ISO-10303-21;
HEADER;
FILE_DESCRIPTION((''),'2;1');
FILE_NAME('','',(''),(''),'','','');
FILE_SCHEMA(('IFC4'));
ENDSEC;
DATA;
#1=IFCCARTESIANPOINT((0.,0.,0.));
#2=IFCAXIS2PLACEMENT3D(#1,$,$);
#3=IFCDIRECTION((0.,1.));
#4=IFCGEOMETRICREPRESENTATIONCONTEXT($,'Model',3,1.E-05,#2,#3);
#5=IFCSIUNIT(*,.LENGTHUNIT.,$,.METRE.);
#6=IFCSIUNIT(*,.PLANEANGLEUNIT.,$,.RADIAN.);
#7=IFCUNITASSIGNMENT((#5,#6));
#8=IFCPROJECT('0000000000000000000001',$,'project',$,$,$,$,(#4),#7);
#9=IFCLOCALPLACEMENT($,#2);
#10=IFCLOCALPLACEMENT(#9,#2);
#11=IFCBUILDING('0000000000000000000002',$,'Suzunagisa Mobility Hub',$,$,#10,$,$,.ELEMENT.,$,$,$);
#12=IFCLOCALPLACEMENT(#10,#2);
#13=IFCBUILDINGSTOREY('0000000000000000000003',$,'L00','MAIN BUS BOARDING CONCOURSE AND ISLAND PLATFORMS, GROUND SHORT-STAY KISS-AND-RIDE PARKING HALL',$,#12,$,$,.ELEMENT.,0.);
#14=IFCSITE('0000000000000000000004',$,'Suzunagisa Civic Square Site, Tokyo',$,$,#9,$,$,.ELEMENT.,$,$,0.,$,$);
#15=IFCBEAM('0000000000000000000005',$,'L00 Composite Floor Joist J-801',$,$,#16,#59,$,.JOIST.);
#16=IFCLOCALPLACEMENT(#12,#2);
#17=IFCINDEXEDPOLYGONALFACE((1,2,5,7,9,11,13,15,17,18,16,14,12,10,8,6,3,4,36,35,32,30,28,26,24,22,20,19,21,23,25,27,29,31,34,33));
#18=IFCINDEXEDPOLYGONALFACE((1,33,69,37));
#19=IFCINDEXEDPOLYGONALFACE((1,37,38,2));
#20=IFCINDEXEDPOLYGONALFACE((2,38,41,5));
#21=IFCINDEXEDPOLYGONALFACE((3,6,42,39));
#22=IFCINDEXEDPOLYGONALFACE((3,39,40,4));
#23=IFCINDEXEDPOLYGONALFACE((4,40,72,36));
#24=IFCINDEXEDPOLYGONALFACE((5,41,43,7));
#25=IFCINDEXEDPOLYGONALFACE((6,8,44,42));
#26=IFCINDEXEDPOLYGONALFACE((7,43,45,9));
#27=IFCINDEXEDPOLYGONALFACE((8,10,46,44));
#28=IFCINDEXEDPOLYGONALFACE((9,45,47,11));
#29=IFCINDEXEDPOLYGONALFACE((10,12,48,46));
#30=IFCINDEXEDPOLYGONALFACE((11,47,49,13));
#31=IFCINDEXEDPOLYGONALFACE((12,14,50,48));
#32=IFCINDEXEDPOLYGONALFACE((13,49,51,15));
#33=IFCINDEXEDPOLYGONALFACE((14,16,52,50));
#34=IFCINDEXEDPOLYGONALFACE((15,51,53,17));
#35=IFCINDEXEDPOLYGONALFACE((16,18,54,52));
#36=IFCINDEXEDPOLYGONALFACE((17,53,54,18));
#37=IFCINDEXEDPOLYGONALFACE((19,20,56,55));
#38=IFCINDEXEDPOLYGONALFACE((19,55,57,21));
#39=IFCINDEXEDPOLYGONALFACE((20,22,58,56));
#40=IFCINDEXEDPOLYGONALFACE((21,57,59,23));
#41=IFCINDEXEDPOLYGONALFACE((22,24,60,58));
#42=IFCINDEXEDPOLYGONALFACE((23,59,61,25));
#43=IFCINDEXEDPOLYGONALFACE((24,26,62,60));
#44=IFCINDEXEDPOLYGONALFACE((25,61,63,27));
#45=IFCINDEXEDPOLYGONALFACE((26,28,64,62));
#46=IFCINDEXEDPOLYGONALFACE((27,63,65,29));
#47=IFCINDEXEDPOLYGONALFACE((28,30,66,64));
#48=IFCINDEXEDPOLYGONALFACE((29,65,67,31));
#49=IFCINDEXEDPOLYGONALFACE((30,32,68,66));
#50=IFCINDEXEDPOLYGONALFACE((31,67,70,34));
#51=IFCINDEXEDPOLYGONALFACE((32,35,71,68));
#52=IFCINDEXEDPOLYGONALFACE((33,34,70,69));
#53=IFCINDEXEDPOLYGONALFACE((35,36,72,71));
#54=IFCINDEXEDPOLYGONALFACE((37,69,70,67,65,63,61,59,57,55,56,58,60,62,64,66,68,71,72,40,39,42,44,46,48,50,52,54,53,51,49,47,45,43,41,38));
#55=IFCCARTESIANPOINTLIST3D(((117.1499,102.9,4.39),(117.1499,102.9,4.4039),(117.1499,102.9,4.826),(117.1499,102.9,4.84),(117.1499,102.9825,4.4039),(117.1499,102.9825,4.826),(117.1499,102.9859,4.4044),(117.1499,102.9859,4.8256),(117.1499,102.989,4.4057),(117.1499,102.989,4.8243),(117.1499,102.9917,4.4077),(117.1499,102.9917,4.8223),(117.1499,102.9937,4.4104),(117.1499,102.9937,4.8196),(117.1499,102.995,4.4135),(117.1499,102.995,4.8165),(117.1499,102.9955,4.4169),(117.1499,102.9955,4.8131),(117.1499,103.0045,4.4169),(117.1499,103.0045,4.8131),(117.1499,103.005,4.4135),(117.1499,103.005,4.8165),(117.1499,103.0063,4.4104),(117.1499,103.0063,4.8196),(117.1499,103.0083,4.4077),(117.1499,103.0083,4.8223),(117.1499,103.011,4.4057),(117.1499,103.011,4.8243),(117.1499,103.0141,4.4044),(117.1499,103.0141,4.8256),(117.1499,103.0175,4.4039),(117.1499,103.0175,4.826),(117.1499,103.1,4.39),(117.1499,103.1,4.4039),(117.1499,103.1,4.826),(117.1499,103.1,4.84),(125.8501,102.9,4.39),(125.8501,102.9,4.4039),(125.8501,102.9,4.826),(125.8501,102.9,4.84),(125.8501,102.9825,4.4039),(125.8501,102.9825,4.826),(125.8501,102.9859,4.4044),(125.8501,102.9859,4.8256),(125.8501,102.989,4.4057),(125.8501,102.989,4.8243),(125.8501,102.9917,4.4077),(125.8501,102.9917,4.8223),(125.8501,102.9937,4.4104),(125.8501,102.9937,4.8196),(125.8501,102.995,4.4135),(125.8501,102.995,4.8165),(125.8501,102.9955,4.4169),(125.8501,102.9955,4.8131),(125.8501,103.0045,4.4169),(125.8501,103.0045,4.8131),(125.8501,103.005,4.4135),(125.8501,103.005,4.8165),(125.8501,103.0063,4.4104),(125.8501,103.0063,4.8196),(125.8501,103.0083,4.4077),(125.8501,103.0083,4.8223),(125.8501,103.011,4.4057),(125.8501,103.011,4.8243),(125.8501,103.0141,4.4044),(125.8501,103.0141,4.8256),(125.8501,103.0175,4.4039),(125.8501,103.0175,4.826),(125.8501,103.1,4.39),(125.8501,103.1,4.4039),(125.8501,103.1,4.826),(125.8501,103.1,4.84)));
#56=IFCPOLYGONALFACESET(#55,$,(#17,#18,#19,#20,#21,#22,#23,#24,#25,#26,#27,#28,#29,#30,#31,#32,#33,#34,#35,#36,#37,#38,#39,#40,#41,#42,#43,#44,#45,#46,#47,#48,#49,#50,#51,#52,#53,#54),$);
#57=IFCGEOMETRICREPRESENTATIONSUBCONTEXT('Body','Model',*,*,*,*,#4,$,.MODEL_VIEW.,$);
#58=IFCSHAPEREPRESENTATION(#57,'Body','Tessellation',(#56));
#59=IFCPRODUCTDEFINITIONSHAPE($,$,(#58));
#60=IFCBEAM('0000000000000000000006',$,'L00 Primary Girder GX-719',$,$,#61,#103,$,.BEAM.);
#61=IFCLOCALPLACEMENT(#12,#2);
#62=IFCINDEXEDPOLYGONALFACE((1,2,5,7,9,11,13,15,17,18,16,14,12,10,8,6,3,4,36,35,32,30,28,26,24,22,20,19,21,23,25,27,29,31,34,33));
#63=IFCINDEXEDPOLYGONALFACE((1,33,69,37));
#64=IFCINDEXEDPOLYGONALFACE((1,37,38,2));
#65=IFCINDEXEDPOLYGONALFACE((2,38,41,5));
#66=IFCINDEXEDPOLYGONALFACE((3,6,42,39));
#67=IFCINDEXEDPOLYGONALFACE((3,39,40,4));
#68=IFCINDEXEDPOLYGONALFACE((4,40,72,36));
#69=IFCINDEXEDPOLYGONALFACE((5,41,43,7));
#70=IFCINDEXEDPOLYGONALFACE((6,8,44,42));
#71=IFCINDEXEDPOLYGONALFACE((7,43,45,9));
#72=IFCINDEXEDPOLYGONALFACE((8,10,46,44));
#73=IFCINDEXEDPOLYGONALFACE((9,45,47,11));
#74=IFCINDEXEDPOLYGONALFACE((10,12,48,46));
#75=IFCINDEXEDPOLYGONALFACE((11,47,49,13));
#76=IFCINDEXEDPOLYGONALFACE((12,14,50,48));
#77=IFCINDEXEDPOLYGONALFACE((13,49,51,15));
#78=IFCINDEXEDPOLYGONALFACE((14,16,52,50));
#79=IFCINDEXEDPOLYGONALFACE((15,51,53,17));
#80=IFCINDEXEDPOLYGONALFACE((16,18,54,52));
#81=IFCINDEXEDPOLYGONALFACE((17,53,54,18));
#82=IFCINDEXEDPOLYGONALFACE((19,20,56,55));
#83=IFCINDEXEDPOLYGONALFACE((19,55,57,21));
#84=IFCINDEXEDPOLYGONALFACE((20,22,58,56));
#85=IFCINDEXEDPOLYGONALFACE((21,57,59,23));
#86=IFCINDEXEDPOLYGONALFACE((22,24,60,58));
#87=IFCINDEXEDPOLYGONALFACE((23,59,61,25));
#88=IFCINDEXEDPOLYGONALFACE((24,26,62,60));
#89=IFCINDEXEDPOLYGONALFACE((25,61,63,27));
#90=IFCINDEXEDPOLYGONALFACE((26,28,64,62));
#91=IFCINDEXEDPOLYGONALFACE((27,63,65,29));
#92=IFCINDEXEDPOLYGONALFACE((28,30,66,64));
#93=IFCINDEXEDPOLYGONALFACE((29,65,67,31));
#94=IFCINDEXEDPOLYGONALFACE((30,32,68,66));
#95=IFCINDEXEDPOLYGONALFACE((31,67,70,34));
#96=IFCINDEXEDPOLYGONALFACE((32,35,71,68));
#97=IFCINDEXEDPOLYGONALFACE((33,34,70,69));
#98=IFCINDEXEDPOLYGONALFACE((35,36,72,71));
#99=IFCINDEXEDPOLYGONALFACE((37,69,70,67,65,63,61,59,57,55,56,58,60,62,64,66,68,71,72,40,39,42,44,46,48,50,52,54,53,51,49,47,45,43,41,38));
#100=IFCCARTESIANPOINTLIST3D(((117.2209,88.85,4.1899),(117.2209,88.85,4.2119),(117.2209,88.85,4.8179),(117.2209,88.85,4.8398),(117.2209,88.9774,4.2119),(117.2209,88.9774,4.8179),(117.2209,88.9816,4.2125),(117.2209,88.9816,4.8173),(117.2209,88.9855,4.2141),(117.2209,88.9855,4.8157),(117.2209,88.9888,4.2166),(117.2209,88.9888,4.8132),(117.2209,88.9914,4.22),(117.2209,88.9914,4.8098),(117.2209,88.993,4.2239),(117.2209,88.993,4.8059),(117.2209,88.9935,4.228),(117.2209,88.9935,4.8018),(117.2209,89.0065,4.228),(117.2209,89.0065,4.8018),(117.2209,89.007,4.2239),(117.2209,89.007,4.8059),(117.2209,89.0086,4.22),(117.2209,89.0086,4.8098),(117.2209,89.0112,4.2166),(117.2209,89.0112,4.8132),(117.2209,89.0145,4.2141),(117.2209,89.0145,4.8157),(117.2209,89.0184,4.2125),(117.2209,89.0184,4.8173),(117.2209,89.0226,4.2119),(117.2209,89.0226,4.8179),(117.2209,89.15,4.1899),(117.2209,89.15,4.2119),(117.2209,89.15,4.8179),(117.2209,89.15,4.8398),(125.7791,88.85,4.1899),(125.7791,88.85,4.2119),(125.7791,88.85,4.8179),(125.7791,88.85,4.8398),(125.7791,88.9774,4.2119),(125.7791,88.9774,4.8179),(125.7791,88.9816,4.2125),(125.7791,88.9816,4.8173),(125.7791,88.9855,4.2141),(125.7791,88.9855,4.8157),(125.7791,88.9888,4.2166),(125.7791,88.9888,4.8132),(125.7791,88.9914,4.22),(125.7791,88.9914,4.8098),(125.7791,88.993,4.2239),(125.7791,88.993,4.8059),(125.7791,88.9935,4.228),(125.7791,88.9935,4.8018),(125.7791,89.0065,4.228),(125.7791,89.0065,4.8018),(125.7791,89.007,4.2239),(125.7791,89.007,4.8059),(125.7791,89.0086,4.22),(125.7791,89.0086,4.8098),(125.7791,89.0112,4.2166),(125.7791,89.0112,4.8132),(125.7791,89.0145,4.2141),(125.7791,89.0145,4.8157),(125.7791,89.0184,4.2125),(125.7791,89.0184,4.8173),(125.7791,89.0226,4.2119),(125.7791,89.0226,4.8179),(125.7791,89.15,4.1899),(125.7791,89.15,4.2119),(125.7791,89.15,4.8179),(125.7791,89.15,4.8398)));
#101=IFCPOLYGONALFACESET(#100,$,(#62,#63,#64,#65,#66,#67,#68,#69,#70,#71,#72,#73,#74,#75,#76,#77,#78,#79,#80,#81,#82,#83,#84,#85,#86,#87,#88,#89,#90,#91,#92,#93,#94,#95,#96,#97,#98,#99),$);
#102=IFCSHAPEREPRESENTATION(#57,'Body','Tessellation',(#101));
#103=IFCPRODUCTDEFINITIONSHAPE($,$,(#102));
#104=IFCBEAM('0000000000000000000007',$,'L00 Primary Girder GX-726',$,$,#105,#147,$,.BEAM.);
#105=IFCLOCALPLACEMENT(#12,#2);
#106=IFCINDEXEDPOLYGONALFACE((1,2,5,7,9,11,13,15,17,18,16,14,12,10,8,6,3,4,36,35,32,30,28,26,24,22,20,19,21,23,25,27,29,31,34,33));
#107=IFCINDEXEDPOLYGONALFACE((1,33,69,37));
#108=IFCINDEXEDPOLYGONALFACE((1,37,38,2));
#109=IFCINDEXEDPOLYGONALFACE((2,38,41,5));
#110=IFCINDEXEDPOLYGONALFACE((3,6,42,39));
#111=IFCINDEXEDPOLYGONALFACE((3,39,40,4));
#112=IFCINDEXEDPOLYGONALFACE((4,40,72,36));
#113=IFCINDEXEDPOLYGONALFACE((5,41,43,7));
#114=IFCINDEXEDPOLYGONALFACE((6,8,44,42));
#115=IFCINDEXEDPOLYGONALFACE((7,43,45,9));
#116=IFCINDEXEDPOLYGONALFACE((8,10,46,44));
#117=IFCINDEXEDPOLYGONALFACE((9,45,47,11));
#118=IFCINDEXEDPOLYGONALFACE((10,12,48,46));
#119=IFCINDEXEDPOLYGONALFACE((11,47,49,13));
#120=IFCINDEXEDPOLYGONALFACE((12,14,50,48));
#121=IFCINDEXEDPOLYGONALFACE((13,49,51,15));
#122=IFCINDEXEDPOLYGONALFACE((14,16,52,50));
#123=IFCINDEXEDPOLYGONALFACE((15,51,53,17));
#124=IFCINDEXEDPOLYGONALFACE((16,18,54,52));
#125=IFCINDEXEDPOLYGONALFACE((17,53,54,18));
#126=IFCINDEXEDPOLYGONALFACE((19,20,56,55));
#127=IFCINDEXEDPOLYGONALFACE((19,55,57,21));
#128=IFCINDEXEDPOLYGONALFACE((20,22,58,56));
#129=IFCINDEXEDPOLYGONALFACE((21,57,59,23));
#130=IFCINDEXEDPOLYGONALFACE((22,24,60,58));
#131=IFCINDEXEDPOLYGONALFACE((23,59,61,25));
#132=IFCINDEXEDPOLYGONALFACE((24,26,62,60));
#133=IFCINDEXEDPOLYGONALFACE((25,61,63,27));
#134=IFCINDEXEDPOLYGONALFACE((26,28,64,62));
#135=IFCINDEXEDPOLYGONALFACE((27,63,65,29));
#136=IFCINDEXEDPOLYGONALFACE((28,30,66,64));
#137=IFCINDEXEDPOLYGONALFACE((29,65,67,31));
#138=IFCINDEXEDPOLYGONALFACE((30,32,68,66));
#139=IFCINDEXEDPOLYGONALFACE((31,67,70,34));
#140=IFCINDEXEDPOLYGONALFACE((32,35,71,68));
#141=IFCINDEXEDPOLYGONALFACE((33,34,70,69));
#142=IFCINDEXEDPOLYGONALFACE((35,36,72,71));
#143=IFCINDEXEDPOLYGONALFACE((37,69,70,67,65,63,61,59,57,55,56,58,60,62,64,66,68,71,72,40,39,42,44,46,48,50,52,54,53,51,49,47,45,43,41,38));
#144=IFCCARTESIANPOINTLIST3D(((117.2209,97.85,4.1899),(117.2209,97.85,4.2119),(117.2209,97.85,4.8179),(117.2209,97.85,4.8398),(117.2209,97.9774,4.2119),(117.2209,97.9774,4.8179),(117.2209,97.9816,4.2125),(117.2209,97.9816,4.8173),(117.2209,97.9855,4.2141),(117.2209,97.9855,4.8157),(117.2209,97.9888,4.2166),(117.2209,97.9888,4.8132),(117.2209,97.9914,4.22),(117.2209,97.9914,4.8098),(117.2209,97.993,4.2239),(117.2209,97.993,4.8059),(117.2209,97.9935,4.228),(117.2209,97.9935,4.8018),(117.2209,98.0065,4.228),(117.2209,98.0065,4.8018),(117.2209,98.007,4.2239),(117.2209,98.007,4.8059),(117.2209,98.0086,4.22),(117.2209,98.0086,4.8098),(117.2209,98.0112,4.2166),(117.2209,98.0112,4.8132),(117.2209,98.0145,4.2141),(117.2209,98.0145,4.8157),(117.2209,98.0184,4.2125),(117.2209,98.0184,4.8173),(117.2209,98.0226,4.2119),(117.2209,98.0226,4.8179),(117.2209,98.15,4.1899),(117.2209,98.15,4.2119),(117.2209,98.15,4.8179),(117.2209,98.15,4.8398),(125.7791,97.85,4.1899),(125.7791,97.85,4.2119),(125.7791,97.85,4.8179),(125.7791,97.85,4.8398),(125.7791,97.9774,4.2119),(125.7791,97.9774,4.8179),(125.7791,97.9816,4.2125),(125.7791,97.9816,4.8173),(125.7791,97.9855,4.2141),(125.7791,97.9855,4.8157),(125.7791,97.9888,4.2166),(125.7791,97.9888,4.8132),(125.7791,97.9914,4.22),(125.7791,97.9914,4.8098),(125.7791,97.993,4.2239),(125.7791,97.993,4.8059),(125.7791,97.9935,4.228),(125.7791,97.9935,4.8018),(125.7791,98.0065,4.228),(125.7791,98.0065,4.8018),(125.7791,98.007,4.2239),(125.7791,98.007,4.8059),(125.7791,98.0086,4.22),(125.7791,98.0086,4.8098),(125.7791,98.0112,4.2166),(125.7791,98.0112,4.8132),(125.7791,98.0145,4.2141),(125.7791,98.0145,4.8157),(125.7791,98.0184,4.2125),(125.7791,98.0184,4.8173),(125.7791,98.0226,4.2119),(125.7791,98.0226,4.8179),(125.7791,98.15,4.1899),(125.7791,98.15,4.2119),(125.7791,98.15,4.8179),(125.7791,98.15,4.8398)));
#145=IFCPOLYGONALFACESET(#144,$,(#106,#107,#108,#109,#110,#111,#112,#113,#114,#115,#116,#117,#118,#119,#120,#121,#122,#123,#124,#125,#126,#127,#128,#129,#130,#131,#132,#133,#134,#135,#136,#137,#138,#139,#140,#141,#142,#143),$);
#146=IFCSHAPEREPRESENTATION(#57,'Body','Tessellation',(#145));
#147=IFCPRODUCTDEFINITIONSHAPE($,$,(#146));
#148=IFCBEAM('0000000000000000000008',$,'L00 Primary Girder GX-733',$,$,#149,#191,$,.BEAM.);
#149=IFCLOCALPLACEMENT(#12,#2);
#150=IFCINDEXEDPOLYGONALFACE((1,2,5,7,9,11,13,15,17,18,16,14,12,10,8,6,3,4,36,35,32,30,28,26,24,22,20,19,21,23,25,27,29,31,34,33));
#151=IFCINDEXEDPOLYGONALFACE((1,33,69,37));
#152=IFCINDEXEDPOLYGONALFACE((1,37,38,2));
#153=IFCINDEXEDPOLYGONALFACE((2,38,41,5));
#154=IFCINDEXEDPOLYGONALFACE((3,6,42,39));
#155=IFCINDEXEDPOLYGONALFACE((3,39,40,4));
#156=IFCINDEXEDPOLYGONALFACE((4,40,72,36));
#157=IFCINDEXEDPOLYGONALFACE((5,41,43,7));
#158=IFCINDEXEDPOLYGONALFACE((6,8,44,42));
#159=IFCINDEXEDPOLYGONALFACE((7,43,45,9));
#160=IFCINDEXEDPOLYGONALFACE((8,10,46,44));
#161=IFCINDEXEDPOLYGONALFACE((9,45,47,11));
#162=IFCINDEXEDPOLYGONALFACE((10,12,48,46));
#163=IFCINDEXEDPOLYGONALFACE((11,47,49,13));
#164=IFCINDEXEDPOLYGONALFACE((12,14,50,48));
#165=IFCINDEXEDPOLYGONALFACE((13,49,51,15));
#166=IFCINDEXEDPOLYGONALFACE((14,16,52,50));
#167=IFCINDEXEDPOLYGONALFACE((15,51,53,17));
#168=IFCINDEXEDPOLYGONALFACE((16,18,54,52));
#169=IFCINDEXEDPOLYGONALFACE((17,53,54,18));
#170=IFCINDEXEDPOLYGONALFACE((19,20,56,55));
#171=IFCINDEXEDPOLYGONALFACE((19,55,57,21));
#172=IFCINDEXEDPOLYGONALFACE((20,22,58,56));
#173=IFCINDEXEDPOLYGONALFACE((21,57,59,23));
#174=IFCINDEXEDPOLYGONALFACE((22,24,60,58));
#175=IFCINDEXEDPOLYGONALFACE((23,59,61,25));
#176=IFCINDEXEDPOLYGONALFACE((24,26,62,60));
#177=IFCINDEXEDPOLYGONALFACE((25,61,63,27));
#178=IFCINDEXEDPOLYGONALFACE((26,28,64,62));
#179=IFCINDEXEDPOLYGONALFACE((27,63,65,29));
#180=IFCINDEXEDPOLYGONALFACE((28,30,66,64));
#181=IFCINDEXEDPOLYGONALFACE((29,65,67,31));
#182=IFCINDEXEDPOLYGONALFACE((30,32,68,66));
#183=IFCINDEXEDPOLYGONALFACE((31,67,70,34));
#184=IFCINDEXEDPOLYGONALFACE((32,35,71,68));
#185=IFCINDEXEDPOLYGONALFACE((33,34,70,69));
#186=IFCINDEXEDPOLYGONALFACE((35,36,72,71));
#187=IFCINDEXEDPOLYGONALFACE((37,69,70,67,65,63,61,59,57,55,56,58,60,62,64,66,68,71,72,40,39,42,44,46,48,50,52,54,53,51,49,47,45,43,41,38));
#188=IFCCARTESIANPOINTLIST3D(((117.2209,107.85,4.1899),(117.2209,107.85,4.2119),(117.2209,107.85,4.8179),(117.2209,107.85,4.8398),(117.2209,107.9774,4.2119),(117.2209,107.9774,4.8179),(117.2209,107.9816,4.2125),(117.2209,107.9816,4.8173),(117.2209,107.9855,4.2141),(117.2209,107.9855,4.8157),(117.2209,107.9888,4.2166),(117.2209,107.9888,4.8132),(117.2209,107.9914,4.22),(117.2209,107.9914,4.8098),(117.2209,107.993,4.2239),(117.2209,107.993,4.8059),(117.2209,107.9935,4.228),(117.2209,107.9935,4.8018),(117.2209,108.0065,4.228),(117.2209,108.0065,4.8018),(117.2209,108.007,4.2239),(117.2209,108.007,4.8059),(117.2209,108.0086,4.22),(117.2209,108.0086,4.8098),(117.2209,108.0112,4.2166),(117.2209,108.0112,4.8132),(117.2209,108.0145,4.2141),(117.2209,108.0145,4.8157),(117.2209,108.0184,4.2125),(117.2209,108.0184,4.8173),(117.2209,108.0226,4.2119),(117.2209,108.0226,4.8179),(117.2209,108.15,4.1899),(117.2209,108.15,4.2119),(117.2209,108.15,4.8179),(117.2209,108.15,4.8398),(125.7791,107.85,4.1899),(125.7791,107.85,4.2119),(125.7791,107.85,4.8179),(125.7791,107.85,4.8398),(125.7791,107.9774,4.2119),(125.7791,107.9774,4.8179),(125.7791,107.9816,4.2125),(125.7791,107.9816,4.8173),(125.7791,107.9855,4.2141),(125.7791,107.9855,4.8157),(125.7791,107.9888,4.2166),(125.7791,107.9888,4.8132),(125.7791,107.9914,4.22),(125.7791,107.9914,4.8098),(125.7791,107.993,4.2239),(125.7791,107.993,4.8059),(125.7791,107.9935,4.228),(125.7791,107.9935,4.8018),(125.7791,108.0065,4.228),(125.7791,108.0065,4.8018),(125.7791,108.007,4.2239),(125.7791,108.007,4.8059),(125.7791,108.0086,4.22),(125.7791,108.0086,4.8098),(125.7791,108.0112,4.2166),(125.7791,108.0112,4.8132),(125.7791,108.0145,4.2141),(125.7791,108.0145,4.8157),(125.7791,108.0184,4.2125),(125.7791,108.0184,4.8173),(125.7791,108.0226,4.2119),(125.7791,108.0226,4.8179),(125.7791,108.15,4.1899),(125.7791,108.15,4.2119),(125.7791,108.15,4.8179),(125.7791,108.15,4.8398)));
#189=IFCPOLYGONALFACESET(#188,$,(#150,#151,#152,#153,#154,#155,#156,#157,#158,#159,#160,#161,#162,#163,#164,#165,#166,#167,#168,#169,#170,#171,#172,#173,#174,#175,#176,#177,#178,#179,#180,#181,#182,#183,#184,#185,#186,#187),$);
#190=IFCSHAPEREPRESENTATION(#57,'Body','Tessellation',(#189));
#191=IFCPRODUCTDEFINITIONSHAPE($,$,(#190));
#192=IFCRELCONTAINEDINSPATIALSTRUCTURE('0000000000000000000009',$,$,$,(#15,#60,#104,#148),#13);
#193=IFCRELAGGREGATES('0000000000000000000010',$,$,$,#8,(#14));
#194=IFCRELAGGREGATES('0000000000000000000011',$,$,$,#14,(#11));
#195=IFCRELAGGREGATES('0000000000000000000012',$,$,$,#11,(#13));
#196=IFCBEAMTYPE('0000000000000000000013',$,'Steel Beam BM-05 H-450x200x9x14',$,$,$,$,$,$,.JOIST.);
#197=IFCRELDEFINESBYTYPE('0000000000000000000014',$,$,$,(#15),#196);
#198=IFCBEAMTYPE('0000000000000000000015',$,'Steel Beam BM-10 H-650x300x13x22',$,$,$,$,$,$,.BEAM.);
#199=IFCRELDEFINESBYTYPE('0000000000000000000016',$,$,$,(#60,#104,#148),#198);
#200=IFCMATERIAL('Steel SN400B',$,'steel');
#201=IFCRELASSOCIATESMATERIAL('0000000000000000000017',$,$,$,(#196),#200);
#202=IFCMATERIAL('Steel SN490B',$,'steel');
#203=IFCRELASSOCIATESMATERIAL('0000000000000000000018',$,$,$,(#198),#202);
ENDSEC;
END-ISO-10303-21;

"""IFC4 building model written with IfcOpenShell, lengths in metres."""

from ifc_helpers import new_model, si_unit, direction, frame, origin, origin_2d, place, context, subcontext, project, spatial, i_section, extrude, material, material_profile, profile_set, type_object, element, save


model = new_model("IFC4")

# Units and contexts
model_context = context("Model", 3, precision=1e-05, world=origin(), true_north=direction((0.0, 1.0)))
body_context = subcontext(model_context, "Body", "Model", "MODEL_VIEW")
ifc_project = project(units=[si_unit("LENGTHUNIT", "METRE"), si_unit("PLANEANGLEUNIT", "RADIAN")], contexts=[model_context])

# Site, building, storey
site_placement = place(None, origin())
site = spatial("IfcSite", under=ifc_project, at=site_placement, Name="Suzunagisa Civic Square Site, Tokyo", CompositionType="ELEMENT", RefElevation=0.0)
building_placement = place(site_placement, origin())
building = spatial("IfcBuilding", under=site, at=building_placement, Name="Suzunagisa Mobility Hub", CompositionType="ELEMENT")
storey_placement = place(building_placement, origin())
storey = spatial("IfcBuildingStorey", under=building, at=storey_placement, Name="L00", Description="MAIN BUS BOARDING CONCOURSE AND ISLAND PLATFORMS, GROUND SHORT-STAY KISS-AND-RIDE PARKING HALL", CompositionType="ELEMENT", Elevation=0.0)

# Shared definitions
ifc_material_1 = material(Name="Steel SN490B", Category="steel")

# Beams
ifc_material_2 = material(Name="Steel SN400B", Category="steel")
ifc_material_profile_1 = material_profile(ifc_material_2, i_section(OverallWidth=0.2, OverallDepth=0.45, WebThickness=0.009, FlangeThickness=0.0139, FilletRadius=0.0129, at=origin_2d()), Name="H-450x200x9x14")
ifc_profile_set_1 = profile_set([ifc_material_profile_1], Name="Steel SN400B")
beam_type_1 = type_object("IfcBeamType", Name="Steel Beam BM-05 H-450x200x9x14", PredefinedType="JOIST", material=ifc_profile_set_1)
for number, where, z_axis, x_axis, name in (
    (1, (117.1499, 103.0, 4.615), (1.0, 0.0, 0.0), (0.0, 1.0, 0.0), "L00 Composite Floor Joist J-801"),
):
    element("IfcBeam", number, at=place(storey_placement, frame(where, z_axis=z_axis, x_axis=x_axis)), inside=storey, type_object=beam_type_1, Name=name, PredefinedType="JOIST", context=body_context, shape_type="SweptSolid", body=[
        extrude(i_section(OverallWidth=0.2, OverallDepth=0.45, WebThickness=0.009, FlangeThickness=0.0139, FilletRadius=0.0129, at=origin_2d()), origin(), (0.0, 0.0, 1.0), 8.7002),
    ])
ifc_material_profile_2 = material_profile(ifc_material_1, i_section(OverallWidth=0.3, OverallDepth=0.6499, WebThickness=0.0129, FlangeThickness=0.022, FilletRadius=0.0161, at=origin_2d()), Name="H-650x300x13x22")
ifc_profile_set_2 = profile_set([ifc_material_profile_2], Name="Steel SN490B")
beam_type_2 = type_object("IfcBeamType", Name="Steel Beam BM-10 H-650x300x13x22", PredefinedType="BEAM", material=ifc_profile_set_2)
for number, where, z_axis, x_axis, name in (
    (2, (117.2209, 89.0, 4.5149), (1.0, 0.0, 0.0), (0.0, 1.0, 0.0), "L00 Primary Girder GX-719"),
    (3, (117.2209, 98.0, 4.5149), (1.0, 0.0, 0.0), (0.0, 1.0, 0.0), "L00 Primary Girder GX-726"),
    (4, (117.2209, 108.0, 4.5149), (1.0, 0.0, 0.0), (0.0, 1.0, 0.0), "L00 Primary Girder GX-733"),
):
    element("IfcBeam", number, at=place(storey_placement, frame(where, z_axis=z_axis, x_axis=x_axis)), inside=storey, type_object=beam_type_2, Name=name, PredefinedType="BEAM", context=body_context, shape_type="SweptSolid", body=[
        extrude(i_section(OverallWidth=0.3, OverallDepth=0.6499, WebThickness=0.0129, FlangeThickness=0.022, FilletRadius=0.0161, at=origin_2d()), origin(), (0.0, 0.0, 1.0), 8.5581),
    ])

save(model, "model.ifc")
